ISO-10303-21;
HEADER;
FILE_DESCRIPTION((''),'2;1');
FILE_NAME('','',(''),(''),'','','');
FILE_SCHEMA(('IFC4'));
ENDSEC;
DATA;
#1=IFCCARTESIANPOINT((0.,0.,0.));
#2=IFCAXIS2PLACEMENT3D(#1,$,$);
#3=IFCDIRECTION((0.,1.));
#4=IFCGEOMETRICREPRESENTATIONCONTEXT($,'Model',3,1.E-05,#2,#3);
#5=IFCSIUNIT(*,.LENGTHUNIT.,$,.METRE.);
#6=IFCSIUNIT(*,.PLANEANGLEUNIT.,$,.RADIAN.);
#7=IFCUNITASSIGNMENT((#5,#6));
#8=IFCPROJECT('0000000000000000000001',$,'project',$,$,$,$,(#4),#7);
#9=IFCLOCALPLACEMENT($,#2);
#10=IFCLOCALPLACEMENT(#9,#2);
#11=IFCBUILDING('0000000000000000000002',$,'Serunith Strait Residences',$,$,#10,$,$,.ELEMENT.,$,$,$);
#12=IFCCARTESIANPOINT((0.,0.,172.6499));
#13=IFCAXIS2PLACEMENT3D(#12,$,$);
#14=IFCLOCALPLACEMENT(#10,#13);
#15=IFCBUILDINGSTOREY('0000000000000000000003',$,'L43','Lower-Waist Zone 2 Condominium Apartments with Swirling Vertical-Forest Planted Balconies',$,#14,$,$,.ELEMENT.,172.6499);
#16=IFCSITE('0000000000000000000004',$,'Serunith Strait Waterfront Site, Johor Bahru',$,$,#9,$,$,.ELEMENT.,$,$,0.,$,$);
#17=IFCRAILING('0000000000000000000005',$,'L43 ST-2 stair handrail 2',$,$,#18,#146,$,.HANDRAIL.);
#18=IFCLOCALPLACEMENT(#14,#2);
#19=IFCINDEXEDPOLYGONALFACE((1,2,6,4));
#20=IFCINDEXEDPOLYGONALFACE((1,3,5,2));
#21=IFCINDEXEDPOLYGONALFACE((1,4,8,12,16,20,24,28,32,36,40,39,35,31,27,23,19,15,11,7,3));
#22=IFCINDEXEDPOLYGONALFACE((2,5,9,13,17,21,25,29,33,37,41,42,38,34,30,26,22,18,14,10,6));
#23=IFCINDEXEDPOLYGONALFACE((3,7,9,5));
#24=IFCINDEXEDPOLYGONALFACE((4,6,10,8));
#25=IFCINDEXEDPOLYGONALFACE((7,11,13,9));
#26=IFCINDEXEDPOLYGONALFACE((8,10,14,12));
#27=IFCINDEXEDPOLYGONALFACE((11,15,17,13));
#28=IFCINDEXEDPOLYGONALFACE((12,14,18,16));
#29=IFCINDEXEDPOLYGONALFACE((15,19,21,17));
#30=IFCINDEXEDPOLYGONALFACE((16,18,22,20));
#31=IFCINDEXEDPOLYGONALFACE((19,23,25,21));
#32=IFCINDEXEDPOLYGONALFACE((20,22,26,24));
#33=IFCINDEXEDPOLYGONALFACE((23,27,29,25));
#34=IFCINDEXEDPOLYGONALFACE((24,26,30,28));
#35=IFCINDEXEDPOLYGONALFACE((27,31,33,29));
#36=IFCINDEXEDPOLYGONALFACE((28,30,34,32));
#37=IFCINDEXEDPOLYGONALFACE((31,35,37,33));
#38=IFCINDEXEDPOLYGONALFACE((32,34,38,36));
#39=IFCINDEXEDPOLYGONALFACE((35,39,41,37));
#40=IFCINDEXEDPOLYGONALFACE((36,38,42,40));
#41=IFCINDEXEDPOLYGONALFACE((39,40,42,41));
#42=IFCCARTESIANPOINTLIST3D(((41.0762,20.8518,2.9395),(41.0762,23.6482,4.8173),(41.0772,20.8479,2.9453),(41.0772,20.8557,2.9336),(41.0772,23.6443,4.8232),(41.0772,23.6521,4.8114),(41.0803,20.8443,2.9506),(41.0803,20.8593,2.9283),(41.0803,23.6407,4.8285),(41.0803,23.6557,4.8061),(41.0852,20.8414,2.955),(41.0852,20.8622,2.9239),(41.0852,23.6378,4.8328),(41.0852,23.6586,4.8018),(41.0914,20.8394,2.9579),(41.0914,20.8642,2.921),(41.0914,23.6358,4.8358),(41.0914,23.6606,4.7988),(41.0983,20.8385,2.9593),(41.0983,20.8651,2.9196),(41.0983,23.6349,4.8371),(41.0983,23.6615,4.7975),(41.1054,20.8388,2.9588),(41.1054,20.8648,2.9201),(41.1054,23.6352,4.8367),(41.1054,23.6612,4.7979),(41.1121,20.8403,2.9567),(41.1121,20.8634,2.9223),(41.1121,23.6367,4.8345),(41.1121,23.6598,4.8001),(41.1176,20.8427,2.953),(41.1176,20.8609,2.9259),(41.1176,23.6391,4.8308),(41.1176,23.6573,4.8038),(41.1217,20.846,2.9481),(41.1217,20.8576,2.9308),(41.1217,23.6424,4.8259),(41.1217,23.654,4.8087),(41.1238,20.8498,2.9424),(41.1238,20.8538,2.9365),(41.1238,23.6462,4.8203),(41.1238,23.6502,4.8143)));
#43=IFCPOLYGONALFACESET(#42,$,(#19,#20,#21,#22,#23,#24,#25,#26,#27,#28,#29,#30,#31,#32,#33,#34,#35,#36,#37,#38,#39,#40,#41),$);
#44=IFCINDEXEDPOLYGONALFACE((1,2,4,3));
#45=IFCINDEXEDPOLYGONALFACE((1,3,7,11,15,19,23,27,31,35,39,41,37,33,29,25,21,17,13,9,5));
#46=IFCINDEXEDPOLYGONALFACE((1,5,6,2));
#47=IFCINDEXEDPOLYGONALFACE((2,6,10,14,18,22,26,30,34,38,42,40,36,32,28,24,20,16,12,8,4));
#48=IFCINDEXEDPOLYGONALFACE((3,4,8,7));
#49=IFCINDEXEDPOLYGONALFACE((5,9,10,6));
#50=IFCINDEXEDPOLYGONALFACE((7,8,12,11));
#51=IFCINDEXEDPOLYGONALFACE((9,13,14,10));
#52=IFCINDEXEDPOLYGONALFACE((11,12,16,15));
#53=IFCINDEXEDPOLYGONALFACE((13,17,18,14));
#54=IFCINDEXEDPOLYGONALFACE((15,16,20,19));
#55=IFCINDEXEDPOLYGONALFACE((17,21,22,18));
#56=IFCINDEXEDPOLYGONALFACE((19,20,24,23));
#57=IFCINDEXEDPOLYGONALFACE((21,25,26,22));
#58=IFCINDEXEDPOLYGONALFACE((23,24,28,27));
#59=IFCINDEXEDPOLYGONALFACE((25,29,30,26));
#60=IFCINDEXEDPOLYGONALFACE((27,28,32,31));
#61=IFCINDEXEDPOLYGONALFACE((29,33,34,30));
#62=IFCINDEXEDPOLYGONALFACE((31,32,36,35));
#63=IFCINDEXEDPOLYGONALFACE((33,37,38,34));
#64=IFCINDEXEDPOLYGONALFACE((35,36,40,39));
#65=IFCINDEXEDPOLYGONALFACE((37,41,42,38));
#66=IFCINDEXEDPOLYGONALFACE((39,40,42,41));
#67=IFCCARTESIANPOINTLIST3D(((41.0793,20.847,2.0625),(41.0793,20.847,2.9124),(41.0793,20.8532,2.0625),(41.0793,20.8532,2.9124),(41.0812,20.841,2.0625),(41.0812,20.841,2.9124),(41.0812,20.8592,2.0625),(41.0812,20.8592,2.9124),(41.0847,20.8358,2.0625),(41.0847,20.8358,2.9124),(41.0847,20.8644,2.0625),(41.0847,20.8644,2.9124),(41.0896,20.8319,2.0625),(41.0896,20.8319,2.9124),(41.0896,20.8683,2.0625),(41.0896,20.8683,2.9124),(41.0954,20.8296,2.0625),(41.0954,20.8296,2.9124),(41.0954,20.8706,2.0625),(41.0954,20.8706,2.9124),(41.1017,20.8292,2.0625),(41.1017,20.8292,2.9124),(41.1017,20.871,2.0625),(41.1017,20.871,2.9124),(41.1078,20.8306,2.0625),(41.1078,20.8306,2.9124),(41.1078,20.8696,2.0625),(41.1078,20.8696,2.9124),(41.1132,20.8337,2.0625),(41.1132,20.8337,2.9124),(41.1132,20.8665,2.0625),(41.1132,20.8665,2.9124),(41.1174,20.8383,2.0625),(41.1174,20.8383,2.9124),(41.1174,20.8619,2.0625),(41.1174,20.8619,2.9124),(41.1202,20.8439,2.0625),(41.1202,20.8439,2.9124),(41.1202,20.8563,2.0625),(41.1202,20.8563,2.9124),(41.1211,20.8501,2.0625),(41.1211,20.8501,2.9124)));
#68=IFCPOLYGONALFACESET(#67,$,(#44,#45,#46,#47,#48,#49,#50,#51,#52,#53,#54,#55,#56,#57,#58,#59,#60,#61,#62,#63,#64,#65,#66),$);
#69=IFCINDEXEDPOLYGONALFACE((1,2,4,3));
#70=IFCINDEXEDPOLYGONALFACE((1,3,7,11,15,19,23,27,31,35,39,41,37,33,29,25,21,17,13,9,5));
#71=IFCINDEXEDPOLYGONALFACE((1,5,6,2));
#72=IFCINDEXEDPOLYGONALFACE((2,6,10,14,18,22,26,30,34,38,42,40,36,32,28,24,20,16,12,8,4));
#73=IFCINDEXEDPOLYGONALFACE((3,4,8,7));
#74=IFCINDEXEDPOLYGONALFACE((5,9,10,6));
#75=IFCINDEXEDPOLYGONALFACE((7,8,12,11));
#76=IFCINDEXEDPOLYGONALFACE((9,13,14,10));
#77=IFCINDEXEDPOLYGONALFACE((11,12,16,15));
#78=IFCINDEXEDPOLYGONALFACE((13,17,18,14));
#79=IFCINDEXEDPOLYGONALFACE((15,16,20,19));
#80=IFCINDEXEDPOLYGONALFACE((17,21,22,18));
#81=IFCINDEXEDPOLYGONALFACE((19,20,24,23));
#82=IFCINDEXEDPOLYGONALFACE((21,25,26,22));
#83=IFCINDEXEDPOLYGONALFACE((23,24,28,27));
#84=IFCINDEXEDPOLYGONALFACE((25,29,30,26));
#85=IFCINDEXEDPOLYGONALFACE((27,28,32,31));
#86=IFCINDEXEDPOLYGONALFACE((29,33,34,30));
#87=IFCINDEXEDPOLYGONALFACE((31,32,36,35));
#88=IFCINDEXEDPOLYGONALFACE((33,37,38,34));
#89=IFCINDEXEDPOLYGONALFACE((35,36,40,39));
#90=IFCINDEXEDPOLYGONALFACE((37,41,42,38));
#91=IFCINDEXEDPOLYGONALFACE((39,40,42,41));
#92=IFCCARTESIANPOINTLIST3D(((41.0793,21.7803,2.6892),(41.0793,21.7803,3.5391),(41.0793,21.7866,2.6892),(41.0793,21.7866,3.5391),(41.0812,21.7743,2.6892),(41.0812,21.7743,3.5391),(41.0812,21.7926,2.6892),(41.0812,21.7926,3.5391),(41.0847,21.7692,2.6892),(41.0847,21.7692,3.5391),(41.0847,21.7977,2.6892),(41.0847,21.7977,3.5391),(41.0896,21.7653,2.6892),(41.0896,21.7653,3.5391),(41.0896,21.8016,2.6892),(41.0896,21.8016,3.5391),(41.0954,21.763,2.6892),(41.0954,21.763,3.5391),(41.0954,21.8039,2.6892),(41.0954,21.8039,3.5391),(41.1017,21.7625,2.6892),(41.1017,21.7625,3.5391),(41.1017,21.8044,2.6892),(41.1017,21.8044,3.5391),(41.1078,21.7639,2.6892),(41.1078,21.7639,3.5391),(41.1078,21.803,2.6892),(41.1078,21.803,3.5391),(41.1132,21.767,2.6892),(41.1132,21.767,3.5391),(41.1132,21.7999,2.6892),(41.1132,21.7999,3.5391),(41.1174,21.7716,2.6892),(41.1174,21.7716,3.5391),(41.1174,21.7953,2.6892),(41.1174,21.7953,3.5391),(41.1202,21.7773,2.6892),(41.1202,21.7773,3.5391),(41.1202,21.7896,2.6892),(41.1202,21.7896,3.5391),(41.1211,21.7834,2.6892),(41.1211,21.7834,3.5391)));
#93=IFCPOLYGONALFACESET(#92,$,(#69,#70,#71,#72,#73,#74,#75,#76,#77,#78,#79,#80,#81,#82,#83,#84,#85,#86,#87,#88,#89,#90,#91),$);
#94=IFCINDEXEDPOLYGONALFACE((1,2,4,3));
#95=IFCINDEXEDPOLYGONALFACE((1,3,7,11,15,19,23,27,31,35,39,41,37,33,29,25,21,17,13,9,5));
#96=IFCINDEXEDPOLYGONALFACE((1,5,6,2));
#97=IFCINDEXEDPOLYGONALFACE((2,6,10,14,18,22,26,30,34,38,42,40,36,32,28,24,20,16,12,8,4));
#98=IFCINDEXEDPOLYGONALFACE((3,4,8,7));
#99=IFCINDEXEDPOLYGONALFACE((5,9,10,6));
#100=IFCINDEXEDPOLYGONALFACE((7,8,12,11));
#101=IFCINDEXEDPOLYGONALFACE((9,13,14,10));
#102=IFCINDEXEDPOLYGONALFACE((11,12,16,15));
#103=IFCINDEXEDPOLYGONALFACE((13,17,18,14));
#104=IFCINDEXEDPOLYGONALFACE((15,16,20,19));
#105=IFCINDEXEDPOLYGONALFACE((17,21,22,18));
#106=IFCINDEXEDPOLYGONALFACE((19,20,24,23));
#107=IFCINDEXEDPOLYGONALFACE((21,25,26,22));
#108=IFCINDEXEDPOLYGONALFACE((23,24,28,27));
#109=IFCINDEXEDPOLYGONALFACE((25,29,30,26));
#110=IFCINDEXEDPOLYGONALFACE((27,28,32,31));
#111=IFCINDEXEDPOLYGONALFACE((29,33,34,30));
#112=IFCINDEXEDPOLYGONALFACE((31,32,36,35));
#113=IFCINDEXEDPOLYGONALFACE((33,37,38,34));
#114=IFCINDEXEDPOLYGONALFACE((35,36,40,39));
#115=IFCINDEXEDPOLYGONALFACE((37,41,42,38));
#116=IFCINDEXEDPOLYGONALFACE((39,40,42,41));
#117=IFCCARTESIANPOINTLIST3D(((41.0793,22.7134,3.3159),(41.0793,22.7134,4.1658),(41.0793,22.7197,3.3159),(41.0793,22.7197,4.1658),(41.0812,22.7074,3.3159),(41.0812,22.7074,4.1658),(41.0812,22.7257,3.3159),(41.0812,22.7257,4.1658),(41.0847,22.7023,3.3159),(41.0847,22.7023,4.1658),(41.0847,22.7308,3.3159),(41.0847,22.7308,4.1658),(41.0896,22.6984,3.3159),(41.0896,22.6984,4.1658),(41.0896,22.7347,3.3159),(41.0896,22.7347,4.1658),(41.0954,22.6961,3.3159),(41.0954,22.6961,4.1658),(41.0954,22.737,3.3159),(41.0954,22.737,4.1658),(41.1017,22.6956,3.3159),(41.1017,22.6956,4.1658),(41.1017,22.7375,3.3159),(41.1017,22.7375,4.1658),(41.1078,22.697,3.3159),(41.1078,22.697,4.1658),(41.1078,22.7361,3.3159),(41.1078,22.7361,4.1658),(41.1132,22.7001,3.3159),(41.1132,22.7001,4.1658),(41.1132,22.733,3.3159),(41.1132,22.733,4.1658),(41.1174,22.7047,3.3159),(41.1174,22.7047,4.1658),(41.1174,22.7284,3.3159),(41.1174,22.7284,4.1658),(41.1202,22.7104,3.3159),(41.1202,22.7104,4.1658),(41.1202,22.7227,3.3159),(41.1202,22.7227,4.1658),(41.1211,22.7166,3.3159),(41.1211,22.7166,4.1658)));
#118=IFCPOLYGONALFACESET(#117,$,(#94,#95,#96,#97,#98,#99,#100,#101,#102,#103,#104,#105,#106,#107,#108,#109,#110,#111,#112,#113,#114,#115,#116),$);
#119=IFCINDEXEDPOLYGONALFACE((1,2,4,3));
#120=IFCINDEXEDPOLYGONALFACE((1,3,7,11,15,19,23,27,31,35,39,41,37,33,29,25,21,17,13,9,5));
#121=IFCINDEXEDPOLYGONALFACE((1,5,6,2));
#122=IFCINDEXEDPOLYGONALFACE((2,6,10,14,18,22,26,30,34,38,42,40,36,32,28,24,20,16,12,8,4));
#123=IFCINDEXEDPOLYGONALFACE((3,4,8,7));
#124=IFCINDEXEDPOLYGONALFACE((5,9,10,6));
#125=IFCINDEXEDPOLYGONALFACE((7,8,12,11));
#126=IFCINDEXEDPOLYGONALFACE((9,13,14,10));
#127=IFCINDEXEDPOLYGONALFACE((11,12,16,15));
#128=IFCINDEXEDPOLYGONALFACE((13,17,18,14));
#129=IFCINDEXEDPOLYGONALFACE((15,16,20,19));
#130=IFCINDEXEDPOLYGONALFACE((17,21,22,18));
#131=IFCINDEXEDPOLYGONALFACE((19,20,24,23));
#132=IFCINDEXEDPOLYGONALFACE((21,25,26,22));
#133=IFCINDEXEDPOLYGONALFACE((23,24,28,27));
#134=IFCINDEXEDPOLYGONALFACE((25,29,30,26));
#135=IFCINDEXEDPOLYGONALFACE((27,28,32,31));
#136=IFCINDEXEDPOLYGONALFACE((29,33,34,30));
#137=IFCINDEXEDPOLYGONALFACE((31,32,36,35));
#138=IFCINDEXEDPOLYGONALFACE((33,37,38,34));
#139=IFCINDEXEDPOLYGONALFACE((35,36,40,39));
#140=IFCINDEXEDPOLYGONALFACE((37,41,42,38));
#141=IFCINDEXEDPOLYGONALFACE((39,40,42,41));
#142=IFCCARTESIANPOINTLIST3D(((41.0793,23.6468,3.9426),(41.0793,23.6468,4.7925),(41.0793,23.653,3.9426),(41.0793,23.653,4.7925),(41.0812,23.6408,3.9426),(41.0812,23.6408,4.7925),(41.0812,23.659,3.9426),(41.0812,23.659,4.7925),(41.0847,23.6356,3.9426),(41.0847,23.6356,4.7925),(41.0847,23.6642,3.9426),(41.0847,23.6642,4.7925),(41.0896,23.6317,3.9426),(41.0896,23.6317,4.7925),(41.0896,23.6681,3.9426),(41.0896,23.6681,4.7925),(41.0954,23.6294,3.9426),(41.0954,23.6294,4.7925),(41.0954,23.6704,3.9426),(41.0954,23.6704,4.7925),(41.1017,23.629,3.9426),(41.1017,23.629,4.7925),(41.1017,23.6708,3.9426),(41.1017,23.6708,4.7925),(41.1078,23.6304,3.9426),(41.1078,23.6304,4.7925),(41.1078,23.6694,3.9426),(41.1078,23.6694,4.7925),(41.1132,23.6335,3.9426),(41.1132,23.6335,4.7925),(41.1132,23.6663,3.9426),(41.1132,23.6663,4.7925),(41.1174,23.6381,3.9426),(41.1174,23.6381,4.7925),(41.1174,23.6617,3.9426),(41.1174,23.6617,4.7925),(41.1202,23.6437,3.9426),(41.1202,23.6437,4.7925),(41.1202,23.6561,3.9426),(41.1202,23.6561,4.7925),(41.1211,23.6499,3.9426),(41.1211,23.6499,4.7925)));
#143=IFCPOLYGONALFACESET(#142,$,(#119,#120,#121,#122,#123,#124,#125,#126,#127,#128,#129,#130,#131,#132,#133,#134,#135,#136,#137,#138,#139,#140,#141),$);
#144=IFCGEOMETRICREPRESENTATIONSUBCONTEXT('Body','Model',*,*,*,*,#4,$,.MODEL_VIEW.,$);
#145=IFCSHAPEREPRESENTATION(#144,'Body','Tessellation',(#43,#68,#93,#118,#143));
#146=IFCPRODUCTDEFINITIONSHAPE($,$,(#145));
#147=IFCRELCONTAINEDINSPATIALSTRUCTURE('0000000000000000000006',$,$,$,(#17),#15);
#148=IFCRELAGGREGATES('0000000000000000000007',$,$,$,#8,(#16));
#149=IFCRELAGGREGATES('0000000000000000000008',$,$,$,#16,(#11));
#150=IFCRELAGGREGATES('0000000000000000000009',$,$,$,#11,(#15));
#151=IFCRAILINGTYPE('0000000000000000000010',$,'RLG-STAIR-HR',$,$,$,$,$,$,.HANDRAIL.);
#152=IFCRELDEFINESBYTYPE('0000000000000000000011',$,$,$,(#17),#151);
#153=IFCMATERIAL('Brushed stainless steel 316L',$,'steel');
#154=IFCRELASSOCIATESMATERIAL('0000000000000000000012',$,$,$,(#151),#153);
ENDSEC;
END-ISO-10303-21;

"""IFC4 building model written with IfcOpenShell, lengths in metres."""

from ifc_helpers import new_model, si_unit, direction, frame, origin, origin_2d, place, context, subcontext, project, spatial, circle, extrude, material, type_object, element, save


model = new_model("IFC4")

# Units and contexts
model_context = context("Model", 3, precision=1e-05, world=origin(), true_north=direction((0.0, 1.0)))
body_context = subcontext(model_context, "Body", "Model", "MODEL_VIEW")
ifc_project = project(units=[si_unit("LENGTHUNIT", "METRE"), si_unit("PLANEANGLEUNIT", "RADIAN")], contexts=[model_context])

# Site, building, storey
site_placement = place(None, origin())
site = spatial("IfcSite", under=ifc_project, at=site_placement, Name="Serunith Strait Waterfront Site, Johor Bahru", CompositionType="ELEMENT", RefElevation=0.0)
building_placement = place(site_placement, origin())
building = spatial("IfcBuilding", under=site, at=building_placement, Name="Serunith Strait Residences", CompositionType="ELEMENT")
storey_placement = place(building_placement, frame((0.0, 0.0, 172.6499)))
storey = spatial("IfcBuildingStorey", under=building, at=storey_placement, Name="L43", Description="Lower-Waist Zone 2 Condominium Apartments with Swirling Vertical-Forest Planted Balconies", CompositionType="ELEMENT", Elevation=172.6499)

# Railing
ifc_material_1 = material(Name="Brushed stainless steel 316L", Category="steel")
railing_type_1 = type_object("IfcRailingType", Name="RLG-STAIR-HR", PredefinedType="HANDRAIL", material=ifc_material_1)
railing_1_placement = place(storey_placement, frame((41.1001, 20.8501, 2.0625)))
element("IfcRailing", 1, at=railing_1_placement, inside=storey, type_object=railing_type_1, Name="L43 ST-2 stair handrail 2", PredefinedType="HANDRAIL", context=body_context, shape_type="SweptSolid", body=[
    extrude(circle(Radius=0.0239, at=origin_2d()), frame((0.0, 0.0017, 0.877), z_axis=(0.0, 0.830186, 0.557487), x_axis=(-1.0, 0.0, 0.0)), (0.0, 0.0, 1.0), 3.3684),
    extrude(circle(Radius=0.021, at=origin_2d()), origin(), (0.0, 0.0, 1.0), 0.8499),
    extrude(circle(Radius=0.021, at=origin_2d()), frame((0.0, 0.9333, 0.6267)), (0.0, 0.0, 1.0), 0.8499),
    extrude(circle(Radius=0.021, at=origin_2d()), frame((0.0, 1.8665, 1.2534)), (0.0, 0.0, 1.0), 0.8499),
    extrude(circle(Radius=0.021, at=origin_2d()), frame((0.0, 2.7998, 1.8801)), (0.0, 0.0, 1.0), 0.8499),
])

save(model, "model.ifc")
